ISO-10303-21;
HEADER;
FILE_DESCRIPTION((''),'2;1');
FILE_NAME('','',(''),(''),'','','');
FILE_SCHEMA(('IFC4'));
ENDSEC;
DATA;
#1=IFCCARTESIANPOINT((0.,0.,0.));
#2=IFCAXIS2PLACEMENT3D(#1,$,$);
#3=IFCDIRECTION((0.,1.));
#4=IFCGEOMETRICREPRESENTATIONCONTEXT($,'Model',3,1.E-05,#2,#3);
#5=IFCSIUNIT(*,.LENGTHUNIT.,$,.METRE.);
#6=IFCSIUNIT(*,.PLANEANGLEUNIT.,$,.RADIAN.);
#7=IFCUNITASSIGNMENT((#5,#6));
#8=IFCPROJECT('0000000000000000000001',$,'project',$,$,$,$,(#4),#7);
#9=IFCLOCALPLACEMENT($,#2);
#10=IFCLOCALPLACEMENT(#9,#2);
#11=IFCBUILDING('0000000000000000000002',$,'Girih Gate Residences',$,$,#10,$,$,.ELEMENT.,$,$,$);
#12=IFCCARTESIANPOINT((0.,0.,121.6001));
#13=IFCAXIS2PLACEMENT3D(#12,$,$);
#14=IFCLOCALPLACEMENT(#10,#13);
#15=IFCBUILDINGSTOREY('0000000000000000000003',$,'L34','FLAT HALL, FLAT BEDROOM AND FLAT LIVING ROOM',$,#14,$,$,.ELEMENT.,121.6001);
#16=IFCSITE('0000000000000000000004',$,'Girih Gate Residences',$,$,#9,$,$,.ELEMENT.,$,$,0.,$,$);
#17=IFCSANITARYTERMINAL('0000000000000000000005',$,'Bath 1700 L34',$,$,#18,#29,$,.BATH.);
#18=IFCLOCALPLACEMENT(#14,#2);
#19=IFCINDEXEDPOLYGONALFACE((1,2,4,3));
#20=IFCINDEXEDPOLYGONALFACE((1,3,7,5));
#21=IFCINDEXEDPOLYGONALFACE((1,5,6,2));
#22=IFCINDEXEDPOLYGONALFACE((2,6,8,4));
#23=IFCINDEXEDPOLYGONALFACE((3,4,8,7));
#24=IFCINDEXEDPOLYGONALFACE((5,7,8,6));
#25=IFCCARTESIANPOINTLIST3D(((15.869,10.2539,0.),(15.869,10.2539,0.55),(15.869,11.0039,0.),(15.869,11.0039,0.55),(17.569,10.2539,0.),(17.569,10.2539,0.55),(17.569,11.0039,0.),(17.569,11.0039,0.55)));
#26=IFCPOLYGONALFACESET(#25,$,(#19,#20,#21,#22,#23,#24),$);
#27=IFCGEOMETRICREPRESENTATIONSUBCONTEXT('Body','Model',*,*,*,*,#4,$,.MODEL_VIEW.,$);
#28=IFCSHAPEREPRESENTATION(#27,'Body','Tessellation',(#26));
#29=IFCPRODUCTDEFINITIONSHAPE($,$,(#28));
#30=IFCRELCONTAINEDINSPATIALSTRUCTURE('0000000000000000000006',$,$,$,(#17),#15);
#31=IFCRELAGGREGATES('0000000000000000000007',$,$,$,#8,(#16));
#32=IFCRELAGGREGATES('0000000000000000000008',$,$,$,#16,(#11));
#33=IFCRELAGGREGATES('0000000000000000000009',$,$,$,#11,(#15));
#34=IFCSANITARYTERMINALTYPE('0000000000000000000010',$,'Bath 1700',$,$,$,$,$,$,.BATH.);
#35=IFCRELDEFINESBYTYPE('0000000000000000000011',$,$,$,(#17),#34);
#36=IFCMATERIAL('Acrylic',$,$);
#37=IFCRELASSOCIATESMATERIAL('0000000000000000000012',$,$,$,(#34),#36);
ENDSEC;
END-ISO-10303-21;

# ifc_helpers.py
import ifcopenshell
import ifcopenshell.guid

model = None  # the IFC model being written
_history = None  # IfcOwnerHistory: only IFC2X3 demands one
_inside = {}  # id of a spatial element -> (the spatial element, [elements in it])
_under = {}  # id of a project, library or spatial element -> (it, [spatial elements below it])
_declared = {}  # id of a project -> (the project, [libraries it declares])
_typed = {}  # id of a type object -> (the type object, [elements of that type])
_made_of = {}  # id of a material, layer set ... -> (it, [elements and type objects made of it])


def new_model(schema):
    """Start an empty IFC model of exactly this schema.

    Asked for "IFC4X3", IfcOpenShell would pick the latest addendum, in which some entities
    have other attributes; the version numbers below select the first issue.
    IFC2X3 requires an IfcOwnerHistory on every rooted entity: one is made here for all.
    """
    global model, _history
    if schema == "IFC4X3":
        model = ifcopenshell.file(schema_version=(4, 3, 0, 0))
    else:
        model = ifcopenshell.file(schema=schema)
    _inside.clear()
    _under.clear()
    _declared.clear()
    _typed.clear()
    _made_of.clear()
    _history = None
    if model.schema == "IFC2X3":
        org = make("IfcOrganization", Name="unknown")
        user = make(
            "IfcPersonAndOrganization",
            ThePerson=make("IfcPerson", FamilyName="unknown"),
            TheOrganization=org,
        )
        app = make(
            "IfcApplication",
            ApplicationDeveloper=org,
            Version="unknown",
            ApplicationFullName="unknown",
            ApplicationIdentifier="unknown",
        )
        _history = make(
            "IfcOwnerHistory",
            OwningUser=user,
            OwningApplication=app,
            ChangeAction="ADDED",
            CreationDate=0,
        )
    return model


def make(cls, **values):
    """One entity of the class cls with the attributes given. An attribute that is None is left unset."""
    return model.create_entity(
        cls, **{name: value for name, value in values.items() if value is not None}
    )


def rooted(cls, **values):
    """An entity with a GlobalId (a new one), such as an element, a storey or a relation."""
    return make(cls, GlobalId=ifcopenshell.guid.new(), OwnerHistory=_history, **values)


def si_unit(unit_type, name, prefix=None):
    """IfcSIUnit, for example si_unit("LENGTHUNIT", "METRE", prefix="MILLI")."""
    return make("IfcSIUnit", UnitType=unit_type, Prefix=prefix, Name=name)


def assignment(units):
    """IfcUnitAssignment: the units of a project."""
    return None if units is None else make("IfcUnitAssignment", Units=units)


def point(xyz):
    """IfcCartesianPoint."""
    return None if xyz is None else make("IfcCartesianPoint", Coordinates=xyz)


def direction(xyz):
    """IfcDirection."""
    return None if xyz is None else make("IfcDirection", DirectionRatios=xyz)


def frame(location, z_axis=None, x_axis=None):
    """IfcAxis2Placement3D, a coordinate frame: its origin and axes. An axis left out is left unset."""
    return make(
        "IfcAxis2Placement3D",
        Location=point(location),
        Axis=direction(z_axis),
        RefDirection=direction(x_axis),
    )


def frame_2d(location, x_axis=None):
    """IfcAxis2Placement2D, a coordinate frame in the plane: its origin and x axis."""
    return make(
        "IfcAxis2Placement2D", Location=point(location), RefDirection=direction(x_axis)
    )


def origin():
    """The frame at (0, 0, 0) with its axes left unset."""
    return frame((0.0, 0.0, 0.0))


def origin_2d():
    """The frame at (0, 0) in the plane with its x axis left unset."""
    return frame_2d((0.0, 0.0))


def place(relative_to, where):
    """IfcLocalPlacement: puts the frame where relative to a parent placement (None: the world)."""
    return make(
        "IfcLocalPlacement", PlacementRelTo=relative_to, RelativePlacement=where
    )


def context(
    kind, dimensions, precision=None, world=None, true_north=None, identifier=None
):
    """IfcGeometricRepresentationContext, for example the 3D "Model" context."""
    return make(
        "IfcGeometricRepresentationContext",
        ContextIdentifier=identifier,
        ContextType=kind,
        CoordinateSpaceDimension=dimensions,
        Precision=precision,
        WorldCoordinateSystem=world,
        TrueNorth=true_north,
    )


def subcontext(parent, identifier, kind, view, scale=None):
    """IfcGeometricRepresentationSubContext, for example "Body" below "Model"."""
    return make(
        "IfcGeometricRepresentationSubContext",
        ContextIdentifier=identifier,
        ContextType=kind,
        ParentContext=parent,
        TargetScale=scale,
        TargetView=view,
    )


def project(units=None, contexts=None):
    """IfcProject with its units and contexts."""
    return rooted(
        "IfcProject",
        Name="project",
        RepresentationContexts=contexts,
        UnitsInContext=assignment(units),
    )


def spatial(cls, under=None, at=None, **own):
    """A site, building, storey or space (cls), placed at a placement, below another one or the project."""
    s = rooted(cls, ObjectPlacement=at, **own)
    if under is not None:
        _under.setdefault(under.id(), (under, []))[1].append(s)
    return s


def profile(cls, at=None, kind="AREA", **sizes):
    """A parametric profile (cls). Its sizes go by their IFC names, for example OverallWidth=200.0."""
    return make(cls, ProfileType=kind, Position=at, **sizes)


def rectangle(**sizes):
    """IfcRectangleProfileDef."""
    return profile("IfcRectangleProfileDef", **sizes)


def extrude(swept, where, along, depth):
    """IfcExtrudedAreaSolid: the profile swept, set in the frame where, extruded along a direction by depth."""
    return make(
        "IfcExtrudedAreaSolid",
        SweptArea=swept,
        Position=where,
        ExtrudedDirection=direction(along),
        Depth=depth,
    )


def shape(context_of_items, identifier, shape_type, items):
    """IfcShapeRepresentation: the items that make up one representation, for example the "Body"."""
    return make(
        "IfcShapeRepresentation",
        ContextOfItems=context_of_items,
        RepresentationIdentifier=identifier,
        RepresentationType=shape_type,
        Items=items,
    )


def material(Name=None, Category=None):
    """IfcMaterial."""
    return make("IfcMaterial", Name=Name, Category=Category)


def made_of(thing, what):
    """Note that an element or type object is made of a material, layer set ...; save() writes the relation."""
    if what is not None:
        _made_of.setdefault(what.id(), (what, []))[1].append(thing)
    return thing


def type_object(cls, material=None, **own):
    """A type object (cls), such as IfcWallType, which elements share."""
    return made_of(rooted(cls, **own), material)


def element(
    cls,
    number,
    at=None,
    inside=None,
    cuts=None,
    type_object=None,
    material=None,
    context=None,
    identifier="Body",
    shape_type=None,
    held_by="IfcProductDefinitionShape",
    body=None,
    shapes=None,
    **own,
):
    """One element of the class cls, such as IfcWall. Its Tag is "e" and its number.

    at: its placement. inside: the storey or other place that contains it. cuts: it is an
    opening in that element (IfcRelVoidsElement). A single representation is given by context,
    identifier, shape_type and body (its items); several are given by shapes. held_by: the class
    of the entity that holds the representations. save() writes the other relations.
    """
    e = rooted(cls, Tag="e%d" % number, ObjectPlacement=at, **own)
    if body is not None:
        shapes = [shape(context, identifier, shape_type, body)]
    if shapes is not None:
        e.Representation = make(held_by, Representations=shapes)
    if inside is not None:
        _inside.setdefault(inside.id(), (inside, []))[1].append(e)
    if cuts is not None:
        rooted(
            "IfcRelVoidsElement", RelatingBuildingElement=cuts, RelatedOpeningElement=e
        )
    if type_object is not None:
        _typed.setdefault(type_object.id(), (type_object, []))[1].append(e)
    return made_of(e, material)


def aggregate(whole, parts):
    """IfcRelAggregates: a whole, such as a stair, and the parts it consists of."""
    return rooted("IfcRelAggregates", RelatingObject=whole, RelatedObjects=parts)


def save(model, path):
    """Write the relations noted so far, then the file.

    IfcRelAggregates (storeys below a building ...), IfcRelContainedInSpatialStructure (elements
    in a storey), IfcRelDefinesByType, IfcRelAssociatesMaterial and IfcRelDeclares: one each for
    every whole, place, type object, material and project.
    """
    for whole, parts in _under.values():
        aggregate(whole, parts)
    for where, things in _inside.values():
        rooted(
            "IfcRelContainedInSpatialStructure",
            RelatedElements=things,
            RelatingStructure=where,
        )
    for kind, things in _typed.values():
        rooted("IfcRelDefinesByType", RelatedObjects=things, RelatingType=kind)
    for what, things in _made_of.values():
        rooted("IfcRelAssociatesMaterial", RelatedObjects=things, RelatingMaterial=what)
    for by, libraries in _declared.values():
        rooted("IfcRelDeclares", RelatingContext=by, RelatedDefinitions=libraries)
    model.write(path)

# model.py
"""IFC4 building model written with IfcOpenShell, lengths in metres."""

from ifc_helpers import new_model, si_unit, direction, frame, origin, origin_2d, place, context, subcontext, project, spatial, rectangle, extrude, material, type_object, element, save


model = new_model("IFC4")

# Units and contexts
model_context = context("Model", 3, precision=1e-05, world=origin(), true_north=direction((0.0, 1.0)))
body_context = subcontext(model_context, "Body", "Model", "MODEL_VIEW")
ifc_project = project(units=[si_unit("LENGTHUNIT", "METRE"), si_unit("PLANEANGLEUNIT", "RADIAN")], contexts=[model_context])

# Site, building, storey
site_placement = place(None, origin())
site = spatial("IfcSite", under=ifc_project, at=site_placement, Name="Girih Gate Residences", CompositionType="ELEMENT", RefElevation=0.0)
building_placement = place(site_placement, origin())
building = spatial("IfcBuilding", under=site, at=building_placement, Name="Girih Gate Residences", CompositionType="ELEMENT")
storey_placement = place(building_placement, frame((0.0, 0.0, 121.6001)))
storey = spatial("IfcBuildingStorey", under=building, at=storey_placement, Name="L34", Description="FLAT HALL, FLAT BEDROOM AND FLAT LIVING ROOM", CompositionType="ELEMENT", Elevation=121.6001)

# Sanitary terminal
ifc_material_1 = material(Name="Acrylic")
sanitary_terminal_type = type_object("IfcSanitaryTerminalType", Name="Bath 1700", PredefinedType="BATH", material=ifc_material_1)
sanitary_terminal_placement = place(storey_placement, frame((16.719, 10.6289, 0.0), z_axis=(0.0, 0.0, 1.0), x_axis=(1.0, 0.0, 0.0)))
element("IfcSanitaryTerminal", 1, at=sanitary_terminal_placement, inside=storey, type_object=sanitary_terminal_type, Name="Bath 1700 L34", PredefinedType="BATH", context=body_context, shape_type="SweptSolid", body=[
    extrude(rectangle(XDim=1.7, YDim=0.75, at=origin_2d()), origin(), (0.0, 0.0, 1.0), 0.55),
])

save(model, "model.ifc")
